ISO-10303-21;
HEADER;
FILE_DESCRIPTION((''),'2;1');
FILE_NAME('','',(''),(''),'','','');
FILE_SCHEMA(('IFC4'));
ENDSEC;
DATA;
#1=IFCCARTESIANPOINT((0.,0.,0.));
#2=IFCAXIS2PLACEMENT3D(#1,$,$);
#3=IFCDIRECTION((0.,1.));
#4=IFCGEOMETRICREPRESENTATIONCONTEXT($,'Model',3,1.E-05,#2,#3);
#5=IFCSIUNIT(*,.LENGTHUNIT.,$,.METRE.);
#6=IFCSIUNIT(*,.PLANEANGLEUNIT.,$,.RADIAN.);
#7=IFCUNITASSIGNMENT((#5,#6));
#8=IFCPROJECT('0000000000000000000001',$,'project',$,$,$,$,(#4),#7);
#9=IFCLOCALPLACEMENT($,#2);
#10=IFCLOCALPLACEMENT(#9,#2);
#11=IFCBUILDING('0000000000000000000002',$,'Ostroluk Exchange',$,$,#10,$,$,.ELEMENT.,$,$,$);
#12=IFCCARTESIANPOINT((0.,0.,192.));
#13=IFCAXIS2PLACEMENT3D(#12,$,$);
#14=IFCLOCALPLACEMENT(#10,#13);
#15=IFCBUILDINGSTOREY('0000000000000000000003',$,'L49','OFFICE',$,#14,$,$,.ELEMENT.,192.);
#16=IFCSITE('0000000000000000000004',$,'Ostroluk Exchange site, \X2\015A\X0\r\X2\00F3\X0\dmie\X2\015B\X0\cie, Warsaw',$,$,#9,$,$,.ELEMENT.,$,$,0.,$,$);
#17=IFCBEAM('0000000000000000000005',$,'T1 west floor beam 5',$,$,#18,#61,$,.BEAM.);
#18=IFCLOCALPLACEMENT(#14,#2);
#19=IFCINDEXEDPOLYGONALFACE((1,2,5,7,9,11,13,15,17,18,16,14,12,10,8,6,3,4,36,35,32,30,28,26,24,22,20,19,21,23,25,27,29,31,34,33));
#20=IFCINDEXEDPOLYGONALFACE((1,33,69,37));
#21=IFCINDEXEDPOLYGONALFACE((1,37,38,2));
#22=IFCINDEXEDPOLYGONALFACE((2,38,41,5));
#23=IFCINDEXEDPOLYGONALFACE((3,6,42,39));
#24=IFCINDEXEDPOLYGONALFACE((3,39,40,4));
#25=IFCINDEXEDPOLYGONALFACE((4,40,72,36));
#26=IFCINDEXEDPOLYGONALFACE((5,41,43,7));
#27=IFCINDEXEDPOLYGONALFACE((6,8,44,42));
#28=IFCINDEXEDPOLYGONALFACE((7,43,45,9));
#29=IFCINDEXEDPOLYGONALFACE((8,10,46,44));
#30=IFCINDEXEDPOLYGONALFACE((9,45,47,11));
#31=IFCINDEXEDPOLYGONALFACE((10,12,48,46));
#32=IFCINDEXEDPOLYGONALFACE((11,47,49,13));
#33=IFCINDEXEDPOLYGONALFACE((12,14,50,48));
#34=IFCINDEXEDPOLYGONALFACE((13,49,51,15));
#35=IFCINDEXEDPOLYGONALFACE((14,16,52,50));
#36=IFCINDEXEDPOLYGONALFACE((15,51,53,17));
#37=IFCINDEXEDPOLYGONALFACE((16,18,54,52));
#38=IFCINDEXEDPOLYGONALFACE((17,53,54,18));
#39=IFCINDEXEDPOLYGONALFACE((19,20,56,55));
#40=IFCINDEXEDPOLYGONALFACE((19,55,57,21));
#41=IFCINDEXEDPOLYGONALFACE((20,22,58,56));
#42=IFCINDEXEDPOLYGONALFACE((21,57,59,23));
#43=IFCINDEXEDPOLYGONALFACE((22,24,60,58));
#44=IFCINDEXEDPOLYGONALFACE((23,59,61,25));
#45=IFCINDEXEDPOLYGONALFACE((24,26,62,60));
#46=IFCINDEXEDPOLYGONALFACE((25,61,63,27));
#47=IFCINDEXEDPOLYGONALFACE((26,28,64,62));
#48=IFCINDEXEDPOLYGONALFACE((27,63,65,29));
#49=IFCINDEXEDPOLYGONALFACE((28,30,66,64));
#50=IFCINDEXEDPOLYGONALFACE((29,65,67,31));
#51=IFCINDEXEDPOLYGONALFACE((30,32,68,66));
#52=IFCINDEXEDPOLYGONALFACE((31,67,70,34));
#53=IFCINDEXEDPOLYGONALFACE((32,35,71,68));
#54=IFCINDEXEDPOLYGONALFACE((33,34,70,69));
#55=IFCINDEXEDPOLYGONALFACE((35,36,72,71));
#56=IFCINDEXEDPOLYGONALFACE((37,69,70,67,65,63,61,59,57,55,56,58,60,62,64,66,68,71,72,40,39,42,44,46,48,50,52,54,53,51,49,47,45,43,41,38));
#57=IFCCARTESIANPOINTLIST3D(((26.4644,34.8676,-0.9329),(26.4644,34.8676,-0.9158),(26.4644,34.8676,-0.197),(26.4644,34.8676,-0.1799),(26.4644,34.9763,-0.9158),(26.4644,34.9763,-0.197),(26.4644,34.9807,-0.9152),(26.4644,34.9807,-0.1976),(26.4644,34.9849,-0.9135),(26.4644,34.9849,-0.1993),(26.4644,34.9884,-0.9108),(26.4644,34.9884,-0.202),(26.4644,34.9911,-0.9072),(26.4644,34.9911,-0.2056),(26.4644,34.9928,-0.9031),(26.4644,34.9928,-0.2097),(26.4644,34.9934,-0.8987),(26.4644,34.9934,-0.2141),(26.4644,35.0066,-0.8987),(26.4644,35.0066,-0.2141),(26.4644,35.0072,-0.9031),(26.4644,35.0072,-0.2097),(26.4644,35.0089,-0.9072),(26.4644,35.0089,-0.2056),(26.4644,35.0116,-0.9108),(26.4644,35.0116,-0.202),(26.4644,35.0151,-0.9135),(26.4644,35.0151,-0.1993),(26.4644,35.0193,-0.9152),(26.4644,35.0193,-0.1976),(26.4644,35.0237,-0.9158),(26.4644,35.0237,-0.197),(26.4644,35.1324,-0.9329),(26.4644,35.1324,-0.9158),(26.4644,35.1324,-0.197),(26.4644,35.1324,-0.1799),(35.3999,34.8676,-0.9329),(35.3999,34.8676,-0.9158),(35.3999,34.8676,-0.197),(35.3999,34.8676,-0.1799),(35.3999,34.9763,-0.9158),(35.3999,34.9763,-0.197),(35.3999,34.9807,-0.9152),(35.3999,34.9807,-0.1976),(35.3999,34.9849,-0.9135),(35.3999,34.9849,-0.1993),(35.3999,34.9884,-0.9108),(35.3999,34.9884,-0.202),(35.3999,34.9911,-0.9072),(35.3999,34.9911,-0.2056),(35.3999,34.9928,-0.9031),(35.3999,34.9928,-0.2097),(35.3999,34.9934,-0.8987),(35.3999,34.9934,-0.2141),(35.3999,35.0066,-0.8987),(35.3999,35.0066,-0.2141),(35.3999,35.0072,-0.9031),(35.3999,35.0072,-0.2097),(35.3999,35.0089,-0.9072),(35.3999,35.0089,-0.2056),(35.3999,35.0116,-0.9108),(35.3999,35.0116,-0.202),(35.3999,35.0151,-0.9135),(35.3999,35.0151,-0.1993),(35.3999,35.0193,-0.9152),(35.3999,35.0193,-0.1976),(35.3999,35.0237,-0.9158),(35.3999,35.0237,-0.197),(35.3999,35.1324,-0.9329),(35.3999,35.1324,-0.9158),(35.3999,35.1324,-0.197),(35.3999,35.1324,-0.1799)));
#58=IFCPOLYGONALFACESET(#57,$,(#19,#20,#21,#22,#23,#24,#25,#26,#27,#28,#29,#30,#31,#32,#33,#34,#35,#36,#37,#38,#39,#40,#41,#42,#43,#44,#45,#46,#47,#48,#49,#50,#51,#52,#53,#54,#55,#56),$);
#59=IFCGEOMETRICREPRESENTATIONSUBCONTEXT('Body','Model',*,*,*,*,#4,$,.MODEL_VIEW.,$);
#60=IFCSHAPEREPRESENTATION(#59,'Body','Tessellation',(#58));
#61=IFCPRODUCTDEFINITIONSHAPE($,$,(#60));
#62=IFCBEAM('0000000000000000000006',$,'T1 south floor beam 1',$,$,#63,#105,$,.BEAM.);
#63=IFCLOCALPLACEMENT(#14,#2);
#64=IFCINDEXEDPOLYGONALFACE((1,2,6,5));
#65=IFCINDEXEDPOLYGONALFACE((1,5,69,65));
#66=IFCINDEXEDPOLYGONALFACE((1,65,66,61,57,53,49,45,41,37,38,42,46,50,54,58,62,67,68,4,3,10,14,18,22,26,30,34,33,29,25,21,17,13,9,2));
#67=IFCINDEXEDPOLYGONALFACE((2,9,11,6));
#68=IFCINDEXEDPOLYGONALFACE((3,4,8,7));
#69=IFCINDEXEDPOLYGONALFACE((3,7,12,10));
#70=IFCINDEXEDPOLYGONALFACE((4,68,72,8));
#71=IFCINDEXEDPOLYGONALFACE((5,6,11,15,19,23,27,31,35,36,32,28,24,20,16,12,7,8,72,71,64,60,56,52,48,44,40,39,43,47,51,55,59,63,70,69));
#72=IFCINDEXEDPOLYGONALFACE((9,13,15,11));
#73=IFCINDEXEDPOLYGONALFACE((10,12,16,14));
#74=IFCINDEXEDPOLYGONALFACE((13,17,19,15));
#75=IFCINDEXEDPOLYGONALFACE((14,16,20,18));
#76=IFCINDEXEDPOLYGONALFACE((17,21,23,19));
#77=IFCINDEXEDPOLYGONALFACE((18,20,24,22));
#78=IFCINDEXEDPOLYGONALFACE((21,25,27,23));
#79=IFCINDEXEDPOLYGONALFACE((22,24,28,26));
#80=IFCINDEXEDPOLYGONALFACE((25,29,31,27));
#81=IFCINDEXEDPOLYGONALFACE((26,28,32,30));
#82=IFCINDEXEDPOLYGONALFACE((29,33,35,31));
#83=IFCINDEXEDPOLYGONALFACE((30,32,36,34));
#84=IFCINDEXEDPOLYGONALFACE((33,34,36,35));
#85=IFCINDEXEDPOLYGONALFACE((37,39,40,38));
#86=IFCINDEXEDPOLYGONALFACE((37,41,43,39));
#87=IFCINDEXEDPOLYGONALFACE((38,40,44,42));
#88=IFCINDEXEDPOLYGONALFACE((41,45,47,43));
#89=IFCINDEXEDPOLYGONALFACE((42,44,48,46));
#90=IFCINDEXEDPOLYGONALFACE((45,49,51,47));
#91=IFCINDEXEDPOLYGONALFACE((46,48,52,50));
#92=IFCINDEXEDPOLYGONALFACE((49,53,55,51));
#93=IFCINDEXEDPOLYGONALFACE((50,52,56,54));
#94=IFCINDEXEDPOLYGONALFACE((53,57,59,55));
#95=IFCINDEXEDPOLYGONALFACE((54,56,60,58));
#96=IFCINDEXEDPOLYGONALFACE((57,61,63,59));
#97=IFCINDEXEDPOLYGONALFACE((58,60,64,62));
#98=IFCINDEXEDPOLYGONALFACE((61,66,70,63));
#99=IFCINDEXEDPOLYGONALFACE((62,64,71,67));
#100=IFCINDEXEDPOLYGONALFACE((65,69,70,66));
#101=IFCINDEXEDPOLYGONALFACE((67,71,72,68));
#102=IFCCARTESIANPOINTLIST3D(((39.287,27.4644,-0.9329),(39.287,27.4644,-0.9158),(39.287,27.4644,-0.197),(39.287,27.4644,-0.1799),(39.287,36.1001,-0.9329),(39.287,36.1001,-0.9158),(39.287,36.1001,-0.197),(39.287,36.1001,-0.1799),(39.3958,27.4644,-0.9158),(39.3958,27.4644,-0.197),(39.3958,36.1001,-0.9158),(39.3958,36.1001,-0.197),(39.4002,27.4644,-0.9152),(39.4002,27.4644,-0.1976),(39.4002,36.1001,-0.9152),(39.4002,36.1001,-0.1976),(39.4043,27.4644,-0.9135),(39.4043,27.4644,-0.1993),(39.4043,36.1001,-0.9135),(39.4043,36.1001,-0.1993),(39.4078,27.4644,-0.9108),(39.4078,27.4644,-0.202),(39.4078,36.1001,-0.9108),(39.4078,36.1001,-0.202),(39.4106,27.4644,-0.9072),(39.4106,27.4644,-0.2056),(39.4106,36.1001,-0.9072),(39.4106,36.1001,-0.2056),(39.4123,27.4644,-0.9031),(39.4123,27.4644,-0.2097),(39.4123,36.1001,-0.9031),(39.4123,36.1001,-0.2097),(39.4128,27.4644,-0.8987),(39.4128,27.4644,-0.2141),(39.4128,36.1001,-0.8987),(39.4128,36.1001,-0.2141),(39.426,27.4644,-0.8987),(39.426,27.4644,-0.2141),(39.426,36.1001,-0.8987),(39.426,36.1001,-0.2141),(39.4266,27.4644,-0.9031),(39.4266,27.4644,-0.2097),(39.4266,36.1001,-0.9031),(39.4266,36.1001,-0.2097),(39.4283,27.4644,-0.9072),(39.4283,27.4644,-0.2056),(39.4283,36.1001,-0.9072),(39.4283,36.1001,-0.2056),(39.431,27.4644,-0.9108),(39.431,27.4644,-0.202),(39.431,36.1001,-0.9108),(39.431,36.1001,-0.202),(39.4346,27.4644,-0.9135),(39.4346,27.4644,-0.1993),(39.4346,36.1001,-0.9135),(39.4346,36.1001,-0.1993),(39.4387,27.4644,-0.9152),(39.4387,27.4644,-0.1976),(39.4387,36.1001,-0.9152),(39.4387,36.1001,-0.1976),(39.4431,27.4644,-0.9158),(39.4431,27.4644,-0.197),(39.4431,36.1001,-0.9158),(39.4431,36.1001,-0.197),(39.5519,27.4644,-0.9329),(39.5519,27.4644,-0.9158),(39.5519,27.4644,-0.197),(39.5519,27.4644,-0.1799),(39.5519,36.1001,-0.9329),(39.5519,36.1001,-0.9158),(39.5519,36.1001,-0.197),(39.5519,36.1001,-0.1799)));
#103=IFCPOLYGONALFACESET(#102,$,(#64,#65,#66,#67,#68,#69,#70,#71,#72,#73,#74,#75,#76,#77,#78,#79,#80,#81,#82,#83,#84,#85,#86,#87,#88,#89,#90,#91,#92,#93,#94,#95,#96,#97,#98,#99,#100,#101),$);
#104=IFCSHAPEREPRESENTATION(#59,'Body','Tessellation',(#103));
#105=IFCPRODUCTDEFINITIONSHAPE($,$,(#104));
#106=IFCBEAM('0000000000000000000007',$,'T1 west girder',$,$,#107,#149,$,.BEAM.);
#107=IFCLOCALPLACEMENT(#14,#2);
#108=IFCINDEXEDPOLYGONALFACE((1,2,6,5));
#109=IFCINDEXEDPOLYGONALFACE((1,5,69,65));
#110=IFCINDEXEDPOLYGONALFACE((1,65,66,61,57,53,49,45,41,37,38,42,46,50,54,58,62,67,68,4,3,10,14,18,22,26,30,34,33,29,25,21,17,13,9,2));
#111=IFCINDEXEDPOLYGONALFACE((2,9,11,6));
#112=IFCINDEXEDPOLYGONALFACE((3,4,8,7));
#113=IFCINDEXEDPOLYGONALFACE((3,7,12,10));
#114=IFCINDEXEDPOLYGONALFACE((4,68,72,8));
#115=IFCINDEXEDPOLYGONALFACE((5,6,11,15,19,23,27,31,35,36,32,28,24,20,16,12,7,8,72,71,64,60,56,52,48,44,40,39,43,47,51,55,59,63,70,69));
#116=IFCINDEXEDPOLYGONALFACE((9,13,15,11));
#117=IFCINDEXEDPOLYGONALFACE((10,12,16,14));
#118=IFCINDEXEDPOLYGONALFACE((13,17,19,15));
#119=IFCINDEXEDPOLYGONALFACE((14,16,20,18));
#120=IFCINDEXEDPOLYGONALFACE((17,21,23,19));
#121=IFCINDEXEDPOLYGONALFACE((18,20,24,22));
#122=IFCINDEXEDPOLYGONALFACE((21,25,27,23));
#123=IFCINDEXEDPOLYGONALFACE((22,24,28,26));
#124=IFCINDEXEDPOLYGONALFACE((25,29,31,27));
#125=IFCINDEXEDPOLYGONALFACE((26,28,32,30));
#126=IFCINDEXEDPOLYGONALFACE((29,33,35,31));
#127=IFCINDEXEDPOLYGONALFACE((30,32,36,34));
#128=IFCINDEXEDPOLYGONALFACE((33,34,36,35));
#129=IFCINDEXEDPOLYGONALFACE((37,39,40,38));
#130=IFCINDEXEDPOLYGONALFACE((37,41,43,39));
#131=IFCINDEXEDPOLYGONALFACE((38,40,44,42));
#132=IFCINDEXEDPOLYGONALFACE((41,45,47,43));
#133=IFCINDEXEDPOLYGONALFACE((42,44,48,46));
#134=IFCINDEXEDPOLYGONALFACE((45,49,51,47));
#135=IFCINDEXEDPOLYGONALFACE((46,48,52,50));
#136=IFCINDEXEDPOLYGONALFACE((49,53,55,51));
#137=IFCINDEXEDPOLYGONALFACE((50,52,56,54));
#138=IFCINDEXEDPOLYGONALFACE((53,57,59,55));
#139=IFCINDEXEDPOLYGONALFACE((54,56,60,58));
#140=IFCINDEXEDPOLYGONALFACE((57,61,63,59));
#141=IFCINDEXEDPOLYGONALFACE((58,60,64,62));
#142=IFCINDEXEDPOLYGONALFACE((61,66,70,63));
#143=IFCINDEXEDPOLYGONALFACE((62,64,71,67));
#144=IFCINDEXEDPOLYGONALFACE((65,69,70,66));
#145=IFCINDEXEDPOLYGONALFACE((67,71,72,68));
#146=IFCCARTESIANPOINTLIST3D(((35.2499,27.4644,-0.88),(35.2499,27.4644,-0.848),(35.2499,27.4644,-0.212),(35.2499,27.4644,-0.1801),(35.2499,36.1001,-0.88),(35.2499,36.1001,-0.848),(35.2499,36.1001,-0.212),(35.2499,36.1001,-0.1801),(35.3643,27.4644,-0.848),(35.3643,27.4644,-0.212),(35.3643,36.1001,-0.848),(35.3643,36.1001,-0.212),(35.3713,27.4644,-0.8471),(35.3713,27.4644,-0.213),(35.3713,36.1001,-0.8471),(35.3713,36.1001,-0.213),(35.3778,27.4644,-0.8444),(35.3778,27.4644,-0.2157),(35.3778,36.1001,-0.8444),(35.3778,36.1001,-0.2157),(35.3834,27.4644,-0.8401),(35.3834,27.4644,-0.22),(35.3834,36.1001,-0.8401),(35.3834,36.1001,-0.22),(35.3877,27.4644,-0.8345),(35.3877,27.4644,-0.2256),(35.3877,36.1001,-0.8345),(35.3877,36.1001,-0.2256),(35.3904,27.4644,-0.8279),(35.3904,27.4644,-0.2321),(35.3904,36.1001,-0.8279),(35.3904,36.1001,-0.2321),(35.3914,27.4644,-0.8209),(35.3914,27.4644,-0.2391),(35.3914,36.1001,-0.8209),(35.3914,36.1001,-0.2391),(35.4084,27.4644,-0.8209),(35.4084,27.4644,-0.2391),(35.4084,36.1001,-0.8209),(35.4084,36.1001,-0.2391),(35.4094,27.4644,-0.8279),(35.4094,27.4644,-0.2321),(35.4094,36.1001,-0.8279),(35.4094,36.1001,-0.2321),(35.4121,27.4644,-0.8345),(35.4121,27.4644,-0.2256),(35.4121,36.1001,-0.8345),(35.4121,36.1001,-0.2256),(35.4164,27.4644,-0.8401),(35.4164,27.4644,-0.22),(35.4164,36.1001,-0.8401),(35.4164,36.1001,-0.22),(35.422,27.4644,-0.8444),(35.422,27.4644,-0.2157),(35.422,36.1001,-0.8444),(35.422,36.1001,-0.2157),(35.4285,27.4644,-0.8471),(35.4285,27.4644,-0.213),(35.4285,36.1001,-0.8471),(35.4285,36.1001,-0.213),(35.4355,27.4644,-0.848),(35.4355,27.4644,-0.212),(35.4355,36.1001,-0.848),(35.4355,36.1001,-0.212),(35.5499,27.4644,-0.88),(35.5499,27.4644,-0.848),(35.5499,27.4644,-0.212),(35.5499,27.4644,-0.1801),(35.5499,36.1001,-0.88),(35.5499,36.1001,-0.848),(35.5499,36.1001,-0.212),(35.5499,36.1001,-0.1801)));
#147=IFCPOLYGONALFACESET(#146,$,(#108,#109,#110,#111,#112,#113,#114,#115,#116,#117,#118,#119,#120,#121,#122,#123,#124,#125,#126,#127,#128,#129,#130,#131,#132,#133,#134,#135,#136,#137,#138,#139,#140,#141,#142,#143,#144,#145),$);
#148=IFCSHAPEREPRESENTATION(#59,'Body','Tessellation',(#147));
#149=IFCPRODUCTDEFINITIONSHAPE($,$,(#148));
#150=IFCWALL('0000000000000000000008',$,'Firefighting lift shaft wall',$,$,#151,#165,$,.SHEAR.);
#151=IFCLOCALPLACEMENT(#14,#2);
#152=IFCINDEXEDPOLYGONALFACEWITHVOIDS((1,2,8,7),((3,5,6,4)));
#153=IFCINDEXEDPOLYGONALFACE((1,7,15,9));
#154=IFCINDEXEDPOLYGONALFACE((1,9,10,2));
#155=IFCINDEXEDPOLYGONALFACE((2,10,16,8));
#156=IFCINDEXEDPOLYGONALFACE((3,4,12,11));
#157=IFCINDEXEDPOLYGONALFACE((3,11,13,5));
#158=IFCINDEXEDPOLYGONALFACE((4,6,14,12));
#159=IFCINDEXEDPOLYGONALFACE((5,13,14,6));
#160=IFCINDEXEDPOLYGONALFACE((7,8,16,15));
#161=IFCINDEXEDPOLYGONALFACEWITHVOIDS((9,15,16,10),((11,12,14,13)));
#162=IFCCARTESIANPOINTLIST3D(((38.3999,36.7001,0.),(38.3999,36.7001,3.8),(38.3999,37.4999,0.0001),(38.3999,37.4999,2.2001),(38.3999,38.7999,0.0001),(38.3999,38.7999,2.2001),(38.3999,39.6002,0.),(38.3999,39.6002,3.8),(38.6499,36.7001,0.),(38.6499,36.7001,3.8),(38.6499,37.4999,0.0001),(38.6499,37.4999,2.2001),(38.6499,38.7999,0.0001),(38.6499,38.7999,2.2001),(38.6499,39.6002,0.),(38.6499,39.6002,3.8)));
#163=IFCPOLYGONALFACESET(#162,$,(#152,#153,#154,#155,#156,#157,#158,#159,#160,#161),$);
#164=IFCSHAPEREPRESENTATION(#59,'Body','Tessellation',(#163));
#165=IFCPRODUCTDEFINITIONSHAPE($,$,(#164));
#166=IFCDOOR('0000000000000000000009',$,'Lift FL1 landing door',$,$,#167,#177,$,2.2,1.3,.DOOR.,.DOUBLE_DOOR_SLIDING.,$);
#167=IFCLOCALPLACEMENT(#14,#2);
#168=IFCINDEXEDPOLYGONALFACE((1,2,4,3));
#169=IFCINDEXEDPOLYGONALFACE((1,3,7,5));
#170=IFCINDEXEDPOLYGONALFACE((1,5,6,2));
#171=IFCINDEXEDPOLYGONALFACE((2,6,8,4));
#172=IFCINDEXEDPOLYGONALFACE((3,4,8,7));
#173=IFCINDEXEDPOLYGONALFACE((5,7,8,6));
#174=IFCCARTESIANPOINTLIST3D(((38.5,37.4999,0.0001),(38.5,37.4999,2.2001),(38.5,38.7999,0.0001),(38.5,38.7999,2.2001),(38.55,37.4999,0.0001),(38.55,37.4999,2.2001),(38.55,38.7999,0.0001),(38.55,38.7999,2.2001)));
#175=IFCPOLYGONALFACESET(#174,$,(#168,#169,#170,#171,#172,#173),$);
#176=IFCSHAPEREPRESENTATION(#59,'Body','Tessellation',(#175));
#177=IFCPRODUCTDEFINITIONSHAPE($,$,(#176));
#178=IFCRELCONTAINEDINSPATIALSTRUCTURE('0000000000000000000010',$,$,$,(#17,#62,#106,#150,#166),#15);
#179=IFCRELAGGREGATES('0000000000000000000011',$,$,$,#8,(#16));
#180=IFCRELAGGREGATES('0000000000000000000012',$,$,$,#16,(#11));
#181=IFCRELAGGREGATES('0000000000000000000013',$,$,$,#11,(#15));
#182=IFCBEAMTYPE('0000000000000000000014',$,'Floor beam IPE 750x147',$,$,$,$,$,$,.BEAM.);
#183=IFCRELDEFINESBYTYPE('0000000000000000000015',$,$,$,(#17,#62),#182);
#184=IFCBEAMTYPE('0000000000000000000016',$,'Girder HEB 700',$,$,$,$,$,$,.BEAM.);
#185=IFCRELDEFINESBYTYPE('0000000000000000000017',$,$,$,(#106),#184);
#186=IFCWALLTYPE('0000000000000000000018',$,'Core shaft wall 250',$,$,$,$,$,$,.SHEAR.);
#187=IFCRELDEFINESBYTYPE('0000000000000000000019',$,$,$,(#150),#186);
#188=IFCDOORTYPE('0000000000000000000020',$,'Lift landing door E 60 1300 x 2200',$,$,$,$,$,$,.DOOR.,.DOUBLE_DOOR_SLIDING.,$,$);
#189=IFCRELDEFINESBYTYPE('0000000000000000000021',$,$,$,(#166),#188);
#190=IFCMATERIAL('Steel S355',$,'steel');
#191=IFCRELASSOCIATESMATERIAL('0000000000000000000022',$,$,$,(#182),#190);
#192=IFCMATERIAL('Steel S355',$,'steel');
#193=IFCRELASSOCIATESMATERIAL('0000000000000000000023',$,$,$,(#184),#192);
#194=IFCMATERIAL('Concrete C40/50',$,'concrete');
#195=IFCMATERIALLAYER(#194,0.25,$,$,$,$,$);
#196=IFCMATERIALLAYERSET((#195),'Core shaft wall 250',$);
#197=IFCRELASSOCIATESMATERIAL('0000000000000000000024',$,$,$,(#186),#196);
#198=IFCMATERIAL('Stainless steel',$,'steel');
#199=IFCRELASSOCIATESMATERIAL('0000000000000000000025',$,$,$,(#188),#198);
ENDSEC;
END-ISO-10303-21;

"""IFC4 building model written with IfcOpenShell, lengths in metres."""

from ifc_helpers import new_model, si_unit, direction, frame, frame_2d, origin, origin_2d, place, context, subcontext, project, spatial, rectangle, i_section, extrude, material, layer, layer_set, material_profile, profile_set, type_object, element, fill, save


model = new_model("IFC4")

# Units and contexts
model_context = context("Model", 3, precision=1e-05, world=origin(), true_north=direction((0.0, 1.0)))
body_context = subcontext(model_context, "Body", "Model", "MODEL_VIEW")
ifc_project = project(units=[si_unit("LENGTHUNIT", "METRE"), si_unit("PLANEANGLEUNIT", "RADIAN")], contexts=[model_context])

# Site, building, storey
site_placement = place(None, origin())
site = spatial("IfcSite", under=ifc_project, at=site_placement, Name="Ostroluk Exchange site, Śródmieście, Warsaw", CompositionType="ELEMENT", RefElevation=0.0)
building_placement = place(site_placement, origin())
building = spatial("IfcBuilding", under=site, at=building_placement, Name="Ostroluk Exchange", CompositionType="ELEMENT")
storey_placement = place(building_placement, frame((0.0, 0.0, 192.0)))
storey = spatial("IfcBuildingStorey", under=building, at=storey_placement, Name="L49", Description="OFFICE", CompositionType="ELEMENT", Elevation=192.0)

# Beams
ifc_material_1 = material(Name="Steel S355", Category="steel")
ifc_material_profile_1 = material_profile(ifc_material_1, i_section(OverallWidth=0.2649, OverallDepth=0.7529, WebThickness=0.0132, FlangeThickness=0.0171, FilletRadius=0.0171, at=origin_2d()), Name="IPE 750x147")
ifc_profile_set_1 = profile_set([ifc_material_profile_1], Name="Steel S355")
beam_type_1 = type_object("IfcBeamType", Name="Floor beam IPE 750x147", PredefinedType="BEAM", material=ifc_profile_set_1)
beam_1_placement = place(storey_placement, frame((35.3999, 35.0, -0.5564), z_axis=(-1.0, 0.0, 0.0), x_axis=(0.0, -1.0, 0.0)))
element("IfcBeam", 1, at=beam_1_placement, inside=storey, type_object=beam_type_1, Name="T1 west floor beam 5", PredefinedType="BEAM", context=body_context, shape_type="SweptSolid", body=[
    extrude(i_section(OverallWidth=0.2649, OverallDepth=0.7529, WebThickness=0.0132, FlangeThickness=0.0171, FilletRadius=0.0171, at=origin_2d()), origin(), (0.0, 0.0, 1.0), 8.9355),
])
beam_2_placement = place(storey_placement, frame((39.4194, 36.1001, -0.5564), z_axis=(0.0, -1.0, 0.0), x_axis=(1.0, 0.0, 0.0)))
element("IfcBeam", 2, at=beam_2_placement, inside=storey, type_object=beam_type_1, Name="T1 south floor beam 1", PredefinedType="BEAM", context=body_context, shape_type="SweptSolid", body=[
    extrude(i_section(OverallWidth=0.2649, OverallDepth=0.7529, WebThickness=0.0132, FlangeThickness=0.0171, FilletRadius=0.0171, at=origin_2d()), origin(), (0.0, 0.0, 1.0), 8.6357),
])
ifc_material_2 = material(Name="Steel S355", Category="steel")
ifc_material_profile_2 = material_profile(ifc_material_2, i_section(OverallWidth=0.3, OverallDepth=0.7, WebThickness=0.0171, FlangeThickness=0.032, FilletRadius=0.0271, at=origin_2d()), Name="HEB 700")
ifc_profile_set_2 = profile_set([ifc_material_profile_2], Name="Steel S355")
beam_type_2 = type_object("IfcBeamType", Name="Girder HEB 700", PredefinedType="BEAM", material=ifc_profile_set_2)
beam_3_placement = place(storey_placement, frame((35.3999, 36.1001, -0.53), z_axis=(0.0, -1.0, 0.0), x_axis=(1.0, 0.0, 0.0)))
element("IfcBeam", 3, at=beam_3_placement, inside=storey, type_object=beam_type_2, Name="T1 west girder", PredefinedType="BEAM", context=body_context, shape_type="SweptSolid", body=[
    extrude(i_section(OverallWidth=0.3, OverallDepth=0.7, WebThickness=0.0171, FlangeThickness=0.032, FilletRadius=0.0271, at=origin_2d()), origin(), (0.0, 0.0, 1.0), 8.6357),
])

# Wall, opening, door
ifc_material_3 = material(Name="Concrete C40/50", Category="concrete")
ifc_layer_1 = layer(ifc_material_3, 0.25)
ifc_layer_set_1 = layer_set([ifc_layer_1], Name="Core shaft wall 250")
wall_type_1 = type_object("IfcWallType", Name="Core shaft wall 250", PredefinedType="SHEAR", material=ifc_layer_set_1)
wall_1_placement = place(storey_placement, frame((38.5249, 36.7, 0.0), z_axis=(0.0, 0.0, 1.0), x_axis=(0.0, 1.0, 0.0)))
wall_1 = element("IfcWall", 4, at=wall_1_placement, inside=storey, type_object=wall_type_1, Name="Firefighting lift shaft wall", PredefinedType="SHEAR", context=body_context, shape_type="SweptSolid", body=[
    extrude(rectangle(XDim=2.9001, YDim=0.25, at=frame_2d((1.4502, 0.0))), origin(), (0.0, 0.0, 1.0), 3.8),
])
opening_1_placement = place(wall_1_placement, frame((0.8, 0.0, 0.0)))
opening_1 = element("IfcOpeningElement", 5, at=opening_1_placement, cuts=wall_1, PredefinedType="OPENING", context=body_context, shape_type="SweptSolid", body=[
    extrude(rectangle(XDim=1.3, YDim=2.2, at=frame_2d((0.6499, 1.1001))), frame((0.0, 0.135, 0.0), z_axis=(0.0, -1.0, 0.0), x_axis=(1.0, 0.0, 0.0)), (0.0, 0.0, 1.0), 0.27),
])
ifc_material_4 = material(Name="Stainless steel", Category="steel")
door_type_1 = type_object("IfcDoorType", Name="Lift landing door E 60 1300 x 2200", OperationType="DOUBLE_DOOR_SLIDING", PredefinedType="DOOR", material=ifc_material_4)
door_1_placement = place(opening_1_placement, origin())
door_1 = element("IfcDoor", 6, at=door_1_placement, inside=storey, type_object=door_type_1, Name="Lift FL1 landing door", OperationType="DOUBLE_DOOR_SLIDING", OverallHeight=2.2, OverallWidth=1.3, PredefinedType="DOOR", context=body_context, shape_type="SweptSolid", body=[
    extrude(rectangle(XDim=1.3, YDim=2.2, at=frame_2d((0.6499, 1.1001))), frame((0.0, 0.0249, 0.0), z_axis=(0.0, -1.0, 0.0), x_axis=(1.0, 0.0, 0.0)), (0.0, 0.0, 1.0), 0.05),
])
fill(opening_1, door_1)

save(model, "model.ifc")
